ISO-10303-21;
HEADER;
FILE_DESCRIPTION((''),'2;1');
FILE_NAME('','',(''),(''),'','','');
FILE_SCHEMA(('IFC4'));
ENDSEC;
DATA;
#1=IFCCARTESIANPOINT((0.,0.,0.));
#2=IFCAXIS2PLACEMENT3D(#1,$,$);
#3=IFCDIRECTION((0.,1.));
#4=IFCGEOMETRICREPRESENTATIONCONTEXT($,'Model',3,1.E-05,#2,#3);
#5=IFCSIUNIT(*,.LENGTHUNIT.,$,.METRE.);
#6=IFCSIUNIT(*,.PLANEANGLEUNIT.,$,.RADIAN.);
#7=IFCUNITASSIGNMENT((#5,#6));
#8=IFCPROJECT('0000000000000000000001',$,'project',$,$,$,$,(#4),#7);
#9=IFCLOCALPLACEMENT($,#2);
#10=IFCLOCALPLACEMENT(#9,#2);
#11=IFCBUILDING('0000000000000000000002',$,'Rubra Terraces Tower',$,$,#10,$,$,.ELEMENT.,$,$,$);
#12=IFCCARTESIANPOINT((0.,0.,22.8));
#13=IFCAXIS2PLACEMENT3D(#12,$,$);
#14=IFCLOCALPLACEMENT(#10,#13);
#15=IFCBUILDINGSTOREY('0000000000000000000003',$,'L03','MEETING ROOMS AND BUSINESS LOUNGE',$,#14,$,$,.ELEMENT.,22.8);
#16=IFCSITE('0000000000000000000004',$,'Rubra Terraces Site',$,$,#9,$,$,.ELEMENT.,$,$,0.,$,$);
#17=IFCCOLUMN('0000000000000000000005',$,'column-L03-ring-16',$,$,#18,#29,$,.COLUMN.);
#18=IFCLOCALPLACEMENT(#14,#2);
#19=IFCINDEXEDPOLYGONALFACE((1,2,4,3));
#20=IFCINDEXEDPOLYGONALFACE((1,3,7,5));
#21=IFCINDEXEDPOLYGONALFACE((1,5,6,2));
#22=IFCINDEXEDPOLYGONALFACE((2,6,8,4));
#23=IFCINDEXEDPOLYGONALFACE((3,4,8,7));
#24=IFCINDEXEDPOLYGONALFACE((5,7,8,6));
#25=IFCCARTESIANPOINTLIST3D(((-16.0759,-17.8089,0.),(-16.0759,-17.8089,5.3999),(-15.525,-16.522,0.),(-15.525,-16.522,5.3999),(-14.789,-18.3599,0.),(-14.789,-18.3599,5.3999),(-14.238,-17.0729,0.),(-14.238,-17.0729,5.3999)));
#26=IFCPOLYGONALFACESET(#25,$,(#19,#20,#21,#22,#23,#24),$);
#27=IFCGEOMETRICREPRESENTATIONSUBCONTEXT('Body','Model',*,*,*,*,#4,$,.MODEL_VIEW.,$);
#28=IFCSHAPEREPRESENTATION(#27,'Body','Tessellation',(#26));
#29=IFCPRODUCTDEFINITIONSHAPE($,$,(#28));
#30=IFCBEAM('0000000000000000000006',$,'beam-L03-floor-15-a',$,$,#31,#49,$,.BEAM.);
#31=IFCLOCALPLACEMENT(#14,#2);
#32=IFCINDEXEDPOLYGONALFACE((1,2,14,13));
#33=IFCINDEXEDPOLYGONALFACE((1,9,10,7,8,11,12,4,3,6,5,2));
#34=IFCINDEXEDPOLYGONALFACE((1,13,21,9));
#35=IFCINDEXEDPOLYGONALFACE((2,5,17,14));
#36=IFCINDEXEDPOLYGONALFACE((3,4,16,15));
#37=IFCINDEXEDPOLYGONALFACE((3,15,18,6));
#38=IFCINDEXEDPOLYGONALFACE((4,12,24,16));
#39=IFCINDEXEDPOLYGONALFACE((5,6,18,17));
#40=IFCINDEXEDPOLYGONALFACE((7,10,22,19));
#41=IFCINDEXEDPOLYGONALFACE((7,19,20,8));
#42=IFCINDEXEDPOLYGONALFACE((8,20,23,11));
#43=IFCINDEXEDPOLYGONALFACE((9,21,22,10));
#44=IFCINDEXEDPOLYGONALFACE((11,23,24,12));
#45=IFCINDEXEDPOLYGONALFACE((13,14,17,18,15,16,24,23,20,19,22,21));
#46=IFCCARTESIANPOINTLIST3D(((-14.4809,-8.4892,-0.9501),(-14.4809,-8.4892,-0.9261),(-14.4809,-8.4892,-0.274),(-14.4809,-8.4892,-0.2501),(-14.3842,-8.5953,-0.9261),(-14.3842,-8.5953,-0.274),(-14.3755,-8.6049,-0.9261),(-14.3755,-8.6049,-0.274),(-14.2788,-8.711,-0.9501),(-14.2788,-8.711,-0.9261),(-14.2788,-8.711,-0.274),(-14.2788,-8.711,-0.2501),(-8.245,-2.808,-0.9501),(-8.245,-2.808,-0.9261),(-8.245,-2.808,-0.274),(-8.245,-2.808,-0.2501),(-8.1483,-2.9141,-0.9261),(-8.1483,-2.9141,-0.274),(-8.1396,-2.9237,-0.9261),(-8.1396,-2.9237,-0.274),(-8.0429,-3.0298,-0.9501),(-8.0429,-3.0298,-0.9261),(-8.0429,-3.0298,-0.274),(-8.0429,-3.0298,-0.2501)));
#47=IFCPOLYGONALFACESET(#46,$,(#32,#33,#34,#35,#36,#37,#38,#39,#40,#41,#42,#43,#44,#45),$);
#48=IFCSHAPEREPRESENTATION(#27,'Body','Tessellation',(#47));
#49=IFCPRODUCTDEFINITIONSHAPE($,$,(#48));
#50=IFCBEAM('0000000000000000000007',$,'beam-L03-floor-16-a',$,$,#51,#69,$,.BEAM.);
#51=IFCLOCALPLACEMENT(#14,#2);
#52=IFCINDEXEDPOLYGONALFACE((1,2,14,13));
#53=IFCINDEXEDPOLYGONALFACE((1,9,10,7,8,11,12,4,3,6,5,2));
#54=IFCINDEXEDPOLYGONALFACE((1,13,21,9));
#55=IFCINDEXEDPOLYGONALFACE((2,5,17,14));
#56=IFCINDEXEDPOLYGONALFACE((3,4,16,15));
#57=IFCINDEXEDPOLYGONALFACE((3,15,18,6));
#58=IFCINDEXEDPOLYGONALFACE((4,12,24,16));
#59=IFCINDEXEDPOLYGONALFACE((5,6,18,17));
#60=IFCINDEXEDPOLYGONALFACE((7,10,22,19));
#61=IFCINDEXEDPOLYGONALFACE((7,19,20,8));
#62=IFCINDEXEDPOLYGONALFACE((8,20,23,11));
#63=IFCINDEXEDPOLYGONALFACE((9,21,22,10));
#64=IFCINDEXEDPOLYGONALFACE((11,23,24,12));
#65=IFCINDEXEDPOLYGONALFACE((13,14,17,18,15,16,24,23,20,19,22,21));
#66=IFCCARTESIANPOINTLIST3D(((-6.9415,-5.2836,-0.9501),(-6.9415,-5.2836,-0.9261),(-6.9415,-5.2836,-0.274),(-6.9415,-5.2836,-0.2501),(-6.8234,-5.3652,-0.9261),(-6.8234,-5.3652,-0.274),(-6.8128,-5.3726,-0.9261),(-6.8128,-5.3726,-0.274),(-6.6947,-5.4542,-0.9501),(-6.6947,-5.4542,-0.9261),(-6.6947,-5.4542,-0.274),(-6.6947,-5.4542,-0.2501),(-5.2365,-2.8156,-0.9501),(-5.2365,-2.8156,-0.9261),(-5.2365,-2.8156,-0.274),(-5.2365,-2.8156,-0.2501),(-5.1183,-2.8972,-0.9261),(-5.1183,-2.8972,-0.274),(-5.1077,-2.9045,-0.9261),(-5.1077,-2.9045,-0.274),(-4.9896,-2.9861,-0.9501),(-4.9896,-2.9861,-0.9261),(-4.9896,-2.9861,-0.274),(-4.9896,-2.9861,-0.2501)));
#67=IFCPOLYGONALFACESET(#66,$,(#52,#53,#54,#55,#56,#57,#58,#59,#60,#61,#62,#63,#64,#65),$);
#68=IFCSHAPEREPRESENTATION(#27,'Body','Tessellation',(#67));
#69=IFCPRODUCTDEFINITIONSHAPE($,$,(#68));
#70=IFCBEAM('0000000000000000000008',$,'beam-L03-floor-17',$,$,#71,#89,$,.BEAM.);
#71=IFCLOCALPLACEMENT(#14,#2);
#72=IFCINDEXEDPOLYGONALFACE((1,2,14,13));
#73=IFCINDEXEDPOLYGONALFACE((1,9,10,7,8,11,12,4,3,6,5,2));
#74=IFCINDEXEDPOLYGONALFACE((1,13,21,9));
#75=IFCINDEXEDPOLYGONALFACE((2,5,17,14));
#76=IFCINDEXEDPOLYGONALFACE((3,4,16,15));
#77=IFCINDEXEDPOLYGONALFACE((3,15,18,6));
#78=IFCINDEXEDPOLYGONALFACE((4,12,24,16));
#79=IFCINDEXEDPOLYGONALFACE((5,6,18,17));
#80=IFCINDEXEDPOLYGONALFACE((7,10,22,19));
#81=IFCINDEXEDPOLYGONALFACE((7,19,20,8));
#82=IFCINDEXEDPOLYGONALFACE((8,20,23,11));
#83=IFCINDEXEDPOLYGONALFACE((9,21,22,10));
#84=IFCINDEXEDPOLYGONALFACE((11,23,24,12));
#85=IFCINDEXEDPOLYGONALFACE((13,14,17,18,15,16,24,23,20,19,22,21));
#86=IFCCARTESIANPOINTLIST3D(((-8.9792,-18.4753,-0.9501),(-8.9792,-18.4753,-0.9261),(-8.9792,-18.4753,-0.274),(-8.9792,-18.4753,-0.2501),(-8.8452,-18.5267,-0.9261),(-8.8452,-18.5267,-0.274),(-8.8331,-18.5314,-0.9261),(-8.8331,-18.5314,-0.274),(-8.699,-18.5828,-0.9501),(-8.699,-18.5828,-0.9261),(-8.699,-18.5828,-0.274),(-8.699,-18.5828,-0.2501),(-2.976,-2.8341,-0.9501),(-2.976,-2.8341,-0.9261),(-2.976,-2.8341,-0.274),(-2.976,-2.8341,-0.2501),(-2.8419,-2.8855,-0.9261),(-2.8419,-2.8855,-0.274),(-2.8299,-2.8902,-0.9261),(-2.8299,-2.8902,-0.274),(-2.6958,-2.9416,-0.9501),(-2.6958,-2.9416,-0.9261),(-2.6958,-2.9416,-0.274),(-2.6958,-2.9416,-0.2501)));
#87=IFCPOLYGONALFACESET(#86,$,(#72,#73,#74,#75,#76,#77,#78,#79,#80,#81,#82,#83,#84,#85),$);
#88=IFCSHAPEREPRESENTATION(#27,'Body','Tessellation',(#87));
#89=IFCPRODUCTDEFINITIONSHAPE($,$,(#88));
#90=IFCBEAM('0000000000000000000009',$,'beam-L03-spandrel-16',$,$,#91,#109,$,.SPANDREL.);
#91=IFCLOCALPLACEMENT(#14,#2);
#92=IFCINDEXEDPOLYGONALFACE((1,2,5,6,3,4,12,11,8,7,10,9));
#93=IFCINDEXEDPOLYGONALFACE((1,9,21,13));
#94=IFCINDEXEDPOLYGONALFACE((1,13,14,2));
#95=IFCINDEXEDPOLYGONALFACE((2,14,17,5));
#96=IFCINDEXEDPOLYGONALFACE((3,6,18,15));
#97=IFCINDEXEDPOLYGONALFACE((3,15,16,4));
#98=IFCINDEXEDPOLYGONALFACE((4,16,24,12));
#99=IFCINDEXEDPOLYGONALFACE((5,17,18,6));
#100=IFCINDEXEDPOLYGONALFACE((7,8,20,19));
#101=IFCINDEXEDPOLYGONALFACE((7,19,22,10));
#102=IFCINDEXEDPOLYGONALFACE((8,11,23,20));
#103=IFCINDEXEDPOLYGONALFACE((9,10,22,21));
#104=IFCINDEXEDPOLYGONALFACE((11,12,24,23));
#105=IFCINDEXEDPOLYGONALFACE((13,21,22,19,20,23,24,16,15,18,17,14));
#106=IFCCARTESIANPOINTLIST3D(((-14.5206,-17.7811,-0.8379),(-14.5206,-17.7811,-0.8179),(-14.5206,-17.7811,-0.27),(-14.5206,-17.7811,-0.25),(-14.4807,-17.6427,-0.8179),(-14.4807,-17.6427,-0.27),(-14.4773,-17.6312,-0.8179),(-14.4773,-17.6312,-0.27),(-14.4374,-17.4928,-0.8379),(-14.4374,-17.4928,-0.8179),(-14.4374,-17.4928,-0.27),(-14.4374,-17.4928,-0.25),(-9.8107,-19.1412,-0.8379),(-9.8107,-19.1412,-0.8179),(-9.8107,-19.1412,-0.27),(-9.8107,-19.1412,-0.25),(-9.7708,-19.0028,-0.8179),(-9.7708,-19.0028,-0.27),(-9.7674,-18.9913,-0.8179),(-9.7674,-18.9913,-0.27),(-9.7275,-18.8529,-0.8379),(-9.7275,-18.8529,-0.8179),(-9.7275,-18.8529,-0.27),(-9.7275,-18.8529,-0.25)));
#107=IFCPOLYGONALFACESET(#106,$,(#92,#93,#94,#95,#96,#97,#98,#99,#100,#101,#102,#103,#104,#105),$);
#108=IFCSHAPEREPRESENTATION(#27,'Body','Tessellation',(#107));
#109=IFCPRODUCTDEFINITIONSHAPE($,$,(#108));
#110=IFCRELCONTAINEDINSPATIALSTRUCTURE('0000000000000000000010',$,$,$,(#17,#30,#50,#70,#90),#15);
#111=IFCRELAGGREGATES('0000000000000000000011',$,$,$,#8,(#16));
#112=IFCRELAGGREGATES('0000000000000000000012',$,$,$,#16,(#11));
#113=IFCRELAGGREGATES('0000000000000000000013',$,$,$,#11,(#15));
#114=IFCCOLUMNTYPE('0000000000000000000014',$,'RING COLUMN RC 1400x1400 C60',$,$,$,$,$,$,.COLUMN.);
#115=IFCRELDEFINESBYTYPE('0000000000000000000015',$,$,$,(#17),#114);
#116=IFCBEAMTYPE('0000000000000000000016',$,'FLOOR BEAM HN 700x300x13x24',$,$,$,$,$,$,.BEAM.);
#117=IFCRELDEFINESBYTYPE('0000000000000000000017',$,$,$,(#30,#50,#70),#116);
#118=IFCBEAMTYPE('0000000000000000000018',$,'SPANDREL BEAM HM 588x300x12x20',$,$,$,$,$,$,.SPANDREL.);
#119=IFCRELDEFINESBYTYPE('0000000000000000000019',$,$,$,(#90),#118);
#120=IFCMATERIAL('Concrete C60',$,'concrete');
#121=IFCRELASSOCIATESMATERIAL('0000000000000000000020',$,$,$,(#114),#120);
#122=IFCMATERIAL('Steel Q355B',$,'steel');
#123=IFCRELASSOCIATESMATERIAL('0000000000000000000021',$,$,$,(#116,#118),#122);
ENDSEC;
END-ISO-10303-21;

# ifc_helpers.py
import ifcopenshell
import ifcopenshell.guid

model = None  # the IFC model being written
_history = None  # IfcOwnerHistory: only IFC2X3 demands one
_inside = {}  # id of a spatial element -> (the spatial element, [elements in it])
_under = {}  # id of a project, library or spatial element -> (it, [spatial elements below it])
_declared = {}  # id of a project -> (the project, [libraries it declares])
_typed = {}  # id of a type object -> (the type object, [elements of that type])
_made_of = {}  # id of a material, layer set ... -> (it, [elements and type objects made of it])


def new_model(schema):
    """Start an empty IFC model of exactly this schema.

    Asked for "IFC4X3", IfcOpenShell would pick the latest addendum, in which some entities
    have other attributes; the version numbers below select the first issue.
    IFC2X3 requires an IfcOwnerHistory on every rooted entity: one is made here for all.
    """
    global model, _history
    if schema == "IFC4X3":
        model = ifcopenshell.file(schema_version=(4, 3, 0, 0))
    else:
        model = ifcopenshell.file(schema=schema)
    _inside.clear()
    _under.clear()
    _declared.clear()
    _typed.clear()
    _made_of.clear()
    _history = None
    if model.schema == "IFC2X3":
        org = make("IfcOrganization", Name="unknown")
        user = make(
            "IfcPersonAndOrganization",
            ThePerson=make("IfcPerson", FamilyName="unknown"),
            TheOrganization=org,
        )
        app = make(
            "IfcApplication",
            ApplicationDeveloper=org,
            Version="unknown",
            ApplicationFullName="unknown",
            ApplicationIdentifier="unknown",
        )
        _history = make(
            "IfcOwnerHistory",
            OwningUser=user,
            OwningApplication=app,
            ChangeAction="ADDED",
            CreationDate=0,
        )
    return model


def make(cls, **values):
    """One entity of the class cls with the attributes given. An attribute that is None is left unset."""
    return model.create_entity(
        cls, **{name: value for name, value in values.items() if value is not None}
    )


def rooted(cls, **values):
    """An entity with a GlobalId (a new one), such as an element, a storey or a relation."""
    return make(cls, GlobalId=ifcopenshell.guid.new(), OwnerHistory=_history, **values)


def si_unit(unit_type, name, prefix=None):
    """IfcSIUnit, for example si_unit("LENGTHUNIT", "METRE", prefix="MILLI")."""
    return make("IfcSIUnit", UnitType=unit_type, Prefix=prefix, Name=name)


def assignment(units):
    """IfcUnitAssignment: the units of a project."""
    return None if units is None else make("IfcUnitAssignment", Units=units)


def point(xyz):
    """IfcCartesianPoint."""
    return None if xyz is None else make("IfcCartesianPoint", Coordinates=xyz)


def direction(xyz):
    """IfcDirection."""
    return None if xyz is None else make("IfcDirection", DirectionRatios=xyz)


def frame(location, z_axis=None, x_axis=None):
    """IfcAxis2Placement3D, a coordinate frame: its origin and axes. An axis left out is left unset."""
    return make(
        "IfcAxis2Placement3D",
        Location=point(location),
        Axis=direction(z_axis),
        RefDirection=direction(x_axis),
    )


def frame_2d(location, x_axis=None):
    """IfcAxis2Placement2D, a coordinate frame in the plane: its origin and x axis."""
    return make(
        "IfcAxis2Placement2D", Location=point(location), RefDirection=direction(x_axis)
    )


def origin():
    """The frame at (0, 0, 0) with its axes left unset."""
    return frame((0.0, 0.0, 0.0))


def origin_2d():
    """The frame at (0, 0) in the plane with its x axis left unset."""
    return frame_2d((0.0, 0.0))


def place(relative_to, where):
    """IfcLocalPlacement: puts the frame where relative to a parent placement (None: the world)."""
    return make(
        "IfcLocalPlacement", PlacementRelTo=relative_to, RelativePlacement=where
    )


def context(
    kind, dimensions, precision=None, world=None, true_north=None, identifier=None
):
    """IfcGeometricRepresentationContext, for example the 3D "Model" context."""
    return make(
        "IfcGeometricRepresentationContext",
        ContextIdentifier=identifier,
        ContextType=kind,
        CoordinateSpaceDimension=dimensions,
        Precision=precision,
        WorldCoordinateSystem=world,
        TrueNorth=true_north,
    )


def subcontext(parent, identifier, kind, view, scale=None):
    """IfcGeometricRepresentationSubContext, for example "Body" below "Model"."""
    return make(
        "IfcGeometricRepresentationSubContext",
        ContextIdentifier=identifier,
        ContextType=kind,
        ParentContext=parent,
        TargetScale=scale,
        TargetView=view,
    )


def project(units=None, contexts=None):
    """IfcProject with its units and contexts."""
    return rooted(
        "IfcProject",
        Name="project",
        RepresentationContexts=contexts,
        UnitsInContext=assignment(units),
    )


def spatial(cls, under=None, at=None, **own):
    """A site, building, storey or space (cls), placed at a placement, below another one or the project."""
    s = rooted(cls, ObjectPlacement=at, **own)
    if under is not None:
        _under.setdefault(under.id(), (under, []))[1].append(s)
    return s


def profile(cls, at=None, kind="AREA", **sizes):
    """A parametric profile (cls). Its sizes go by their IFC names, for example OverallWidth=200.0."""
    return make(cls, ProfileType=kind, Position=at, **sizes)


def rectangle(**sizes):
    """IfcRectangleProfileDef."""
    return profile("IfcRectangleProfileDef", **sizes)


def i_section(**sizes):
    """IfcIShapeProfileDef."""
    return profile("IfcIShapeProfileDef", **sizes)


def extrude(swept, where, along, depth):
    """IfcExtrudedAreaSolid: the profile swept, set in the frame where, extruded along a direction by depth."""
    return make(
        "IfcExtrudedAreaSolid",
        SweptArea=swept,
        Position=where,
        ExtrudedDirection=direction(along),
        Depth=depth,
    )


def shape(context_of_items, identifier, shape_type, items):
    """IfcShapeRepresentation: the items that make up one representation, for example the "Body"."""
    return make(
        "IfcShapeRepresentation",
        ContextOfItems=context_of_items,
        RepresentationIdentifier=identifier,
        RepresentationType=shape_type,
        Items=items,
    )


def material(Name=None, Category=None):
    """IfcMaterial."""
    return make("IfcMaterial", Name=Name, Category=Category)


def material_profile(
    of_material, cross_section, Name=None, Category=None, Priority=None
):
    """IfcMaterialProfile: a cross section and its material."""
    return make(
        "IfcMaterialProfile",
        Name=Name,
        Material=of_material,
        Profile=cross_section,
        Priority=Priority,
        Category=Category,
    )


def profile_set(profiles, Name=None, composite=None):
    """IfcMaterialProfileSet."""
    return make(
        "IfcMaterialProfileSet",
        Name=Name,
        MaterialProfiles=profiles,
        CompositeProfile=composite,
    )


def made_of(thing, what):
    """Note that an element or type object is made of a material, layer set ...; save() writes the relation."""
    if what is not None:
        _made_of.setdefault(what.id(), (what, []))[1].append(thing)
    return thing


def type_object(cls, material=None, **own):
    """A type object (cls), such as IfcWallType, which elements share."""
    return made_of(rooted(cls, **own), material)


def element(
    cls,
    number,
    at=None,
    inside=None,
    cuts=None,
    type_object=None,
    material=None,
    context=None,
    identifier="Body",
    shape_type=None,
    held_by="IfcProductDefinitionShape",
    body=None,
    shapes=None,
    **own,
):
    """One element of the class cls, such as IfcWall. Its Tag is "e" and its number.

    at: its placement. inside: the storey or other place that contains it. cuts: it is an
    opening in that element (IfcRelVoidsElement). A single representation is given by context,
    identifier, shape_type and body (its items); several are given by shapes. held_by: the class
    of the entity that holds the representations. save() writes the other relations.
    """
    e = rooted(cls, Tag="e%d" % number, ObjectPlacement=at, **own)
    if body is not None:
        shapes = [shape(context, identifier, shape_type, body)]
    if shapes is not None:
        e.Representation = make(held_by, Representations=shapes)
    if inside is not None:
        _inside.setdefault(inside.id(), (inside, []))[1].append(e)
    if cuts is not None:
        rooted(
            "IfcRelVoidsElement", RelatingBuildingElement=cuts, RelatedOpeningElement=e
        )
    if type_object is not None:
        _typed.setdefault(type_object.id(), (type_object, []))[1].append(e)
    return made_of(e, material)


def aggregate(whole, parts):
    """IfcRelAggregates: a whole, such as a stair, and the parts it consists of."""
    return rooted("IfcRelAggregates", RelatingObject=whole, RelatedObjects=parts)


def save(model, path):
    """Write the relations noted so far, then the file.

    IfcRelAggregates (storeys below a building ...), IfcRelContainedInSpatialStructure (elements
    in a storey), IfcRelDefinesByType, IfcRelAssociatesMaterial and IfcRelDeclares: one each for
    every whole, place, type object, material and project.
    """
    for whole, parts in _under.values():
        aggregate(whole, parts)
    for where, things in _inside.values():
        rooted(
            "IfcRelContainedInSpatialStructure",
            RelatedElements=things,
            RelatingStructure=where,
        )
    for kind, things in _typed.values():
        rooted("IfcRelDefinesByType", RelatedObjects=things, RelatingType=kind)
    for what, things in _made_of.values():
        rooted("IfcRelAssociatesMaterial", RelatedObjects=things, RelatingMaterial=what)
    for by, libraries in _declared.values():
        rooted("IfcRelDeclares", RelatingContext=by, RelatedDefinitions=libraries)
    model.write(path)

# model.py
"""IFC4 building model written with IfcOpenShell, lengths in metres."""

from ifc_helpers import new_model, si_unit, direction, frame, origin, origin_2d, place, context, subcontext, project, spatial, rectangle, i_section, extrude, material, material_profile, profile_set, type_object, element, save


model = new_model("IFC4")

# Units and contexts
model_context = context("Model", 3, precision=1e-05, world=origin(), true_north=direction((0.0, 1.0)))
body_context = subcontext(model_context, "Body", "Model", "MODEL_VIEW")
ifc_project = project(units=[si_unit("LENGTHUNIT", "METRE"), si_unit("PLANEANGLEUNIT", "RADIAN")], contexts=[model_context])

# Site, building, storey
site_placement = place(None, origin())
site = spatial("IfcSite", under=ifc_project, at=site_placement, Name="Rubra Terraces Site", CompositionType="ELEMENT", RefElevation=0.0)
building_placement = place(site_placement, origin())
building = spatial("IfcBuilding", under=site, at=building_placement, Name="Rubra Terraces Tower", CompositionType="ELEMENT")
storey_placement = place(building_placement, frame((0.0, 0.0, 22.8)))
storey = spatial("IfcBuildingStorey", under=building, at=storey_placement, Name="L03", Description="MEETING ROOMS AND BUSINESS LOUNGE", CompositionType="ELEMENT", Elevation=22.8)

# Column
ifc_material_1 = material(Name="Concrete C60", Category="concrete")
ifc_material_profile_1 = material_profile(ifc_material_1, rectangle(XDim=1.3999, YDim=1.3999, at=origin_2d()), Name="RC 1400x1400")
ifc_profile_set_1 = profile_set([ifc_material_profile_1], Name="Concrete C60")
column_type = type_object("IfcColumnType", Name="RING COLUMN RC 1400x1400 C60", PredefinedType="COLUMN", material=ifc_profile_set_1)
column_placement = place(storey_placement, frame((-15.157, -17.4409, 0.0), z_axis=(0.0, 0.0, 1.0), x_axis=(0.919294, -0.393572, 0.0)))
element("IfcColumn", 1, at=column_placement, inside=storey, type_object=column_type, Name="column-L03-ring-16", PredefinedType="COLUMN", context=body_context, shape_type="SweptSolid", body=[
    extrude(rectangle(XDim=1.3999, YDim=1.3999, at=origin_2d()), origin(), (0.0, 0.0, 1.0), 5.3999),
])

# Beams
ifc_material_2 = material(Name="Steel Q355B", Category="steel")
ifc_material_profile_2 = material_profile(ifc_material_2, i_section(OverallWidth=0.3, OverallDepth=0.7, WebThickness=0.0129, FlangeThickness=0.0239, at=origin_2d()), Name="HN 700x300x13x24")
ifc_profile_set_2 = profile_set([ifc_material_profile_2], Name="Steel Q355B")
beam_type_1 = type_object("IfcBeamType", Name="FLOOR BEAM HN 700x300x13x24", PredefinedType="BEAM", material=ifc_profile_set_2)
beam_1_placement = place(storey_placement, frame((-14.3799, -8.6001, -0.6001), z_axis=(0.739219, 0.673465, 0.0), x_axis=(-0.673465, 0.739219, 0.0)))
element("IfcBeam", 2, at=beam_1_placement, inside=storey, type_object=beam_type_1, Name="beam-L03-floor-15-a", PredefinedType="BEAM", context=body_context, shape_type="SweptSolid", body=[
    extrude(i_section(OverallWidth=0.3, OverallDepth=0.7, WebThickness=0.0129, FlangeThickness=0.0239, at=origin_2d()), origin(), (0.0, 0.0, 1.0), 8.4358),
])
beam_2_placement = place(storey_placement, frame((-6.8181, -5.3689, -0.6001), z_axis=(0.56841, 0.822746, 0.0), x_axis=(-0.822746, 0.56841, 0.0)))
element("IfcBeam", 3, at=beam_2_placement, inside=storey, type_object=beam_type_1, Name="beam-L03-floor-16-a", PredefinedType="BEAM", context=body_context, shape_type="SweptSolid", body=[
    extrude(i_section(OverallWidth=0.3, OverallDepth=0.7, WebThickness=0.0129, FlangeThickness=0.0239, at=origin_2d()), origin(), (0.0, 0.0, 1.0), 2.9998),
])
beam_3_placement = place(storey_placement, frame((-8.8391, -18.5291, -0.6001), z_axis=(0.358322, 0.933598, 0.0), x_axis=(-0.933598, 0.358322, 0.0)))
element("IfcBeam", 4, at=beam_3_placement, inside=storey, type_object=beam_type_1, Name="beam-L03-floor-17", PredefinedType="BEAM", context=body_context, shape_type="SweptSolid", body=[
    extrude(i_section(OverallWidth=0.3, OverallDepth=0.7, WebThickness=0.0129, FlangeThickness=0.0239, at=origin_2d()), origin(), (0.0, 0.0, 1.0), 16.7537),
])
ifc_material_profile_3 = material_profile(ifc_material_2, i_section(OverallWidth=0.3, OverallDepth=0.5879, WebThickness=0.012, FlangeThickness=0.02, at=origin_2d()), Name="HM 588x300x12x20")
ifc_profile_set_3 = profile_set([ifc_material_profile_3], Name="Steel Q355B")
beam_type_2 = type_object("IfcBeamType", Name="SPANDREL BEAM HM 588x300x12x20", PredefinedType="SPANDREL", material=ifc_profile_set_3)
beam_4_placement = place(storey_placement, frame((-14.479, -17.637, -0.5439), z_axis=(0.960744, -0.277436, 0.0), x_axis=(0.277436, 0.960744, 0.0)))
element("IfcBeam", 5, at=beam_4_placement, inside=storey, type_object=beam_type_2, Name="beam-L03-spandrel-16", PredefinedType="SPANDREL", context=body_context, shape_type="SweptSolid", body=[
    extrude(i_section(OverallWidth=0.3, OverallDepth=0.5879, WebThickness=0.012, FlangeThickness=0.02, at=origin_2d()), origin(), (0.0, 0.0, 1.0), 4.9023),
])

save(model, "model.ifc")
